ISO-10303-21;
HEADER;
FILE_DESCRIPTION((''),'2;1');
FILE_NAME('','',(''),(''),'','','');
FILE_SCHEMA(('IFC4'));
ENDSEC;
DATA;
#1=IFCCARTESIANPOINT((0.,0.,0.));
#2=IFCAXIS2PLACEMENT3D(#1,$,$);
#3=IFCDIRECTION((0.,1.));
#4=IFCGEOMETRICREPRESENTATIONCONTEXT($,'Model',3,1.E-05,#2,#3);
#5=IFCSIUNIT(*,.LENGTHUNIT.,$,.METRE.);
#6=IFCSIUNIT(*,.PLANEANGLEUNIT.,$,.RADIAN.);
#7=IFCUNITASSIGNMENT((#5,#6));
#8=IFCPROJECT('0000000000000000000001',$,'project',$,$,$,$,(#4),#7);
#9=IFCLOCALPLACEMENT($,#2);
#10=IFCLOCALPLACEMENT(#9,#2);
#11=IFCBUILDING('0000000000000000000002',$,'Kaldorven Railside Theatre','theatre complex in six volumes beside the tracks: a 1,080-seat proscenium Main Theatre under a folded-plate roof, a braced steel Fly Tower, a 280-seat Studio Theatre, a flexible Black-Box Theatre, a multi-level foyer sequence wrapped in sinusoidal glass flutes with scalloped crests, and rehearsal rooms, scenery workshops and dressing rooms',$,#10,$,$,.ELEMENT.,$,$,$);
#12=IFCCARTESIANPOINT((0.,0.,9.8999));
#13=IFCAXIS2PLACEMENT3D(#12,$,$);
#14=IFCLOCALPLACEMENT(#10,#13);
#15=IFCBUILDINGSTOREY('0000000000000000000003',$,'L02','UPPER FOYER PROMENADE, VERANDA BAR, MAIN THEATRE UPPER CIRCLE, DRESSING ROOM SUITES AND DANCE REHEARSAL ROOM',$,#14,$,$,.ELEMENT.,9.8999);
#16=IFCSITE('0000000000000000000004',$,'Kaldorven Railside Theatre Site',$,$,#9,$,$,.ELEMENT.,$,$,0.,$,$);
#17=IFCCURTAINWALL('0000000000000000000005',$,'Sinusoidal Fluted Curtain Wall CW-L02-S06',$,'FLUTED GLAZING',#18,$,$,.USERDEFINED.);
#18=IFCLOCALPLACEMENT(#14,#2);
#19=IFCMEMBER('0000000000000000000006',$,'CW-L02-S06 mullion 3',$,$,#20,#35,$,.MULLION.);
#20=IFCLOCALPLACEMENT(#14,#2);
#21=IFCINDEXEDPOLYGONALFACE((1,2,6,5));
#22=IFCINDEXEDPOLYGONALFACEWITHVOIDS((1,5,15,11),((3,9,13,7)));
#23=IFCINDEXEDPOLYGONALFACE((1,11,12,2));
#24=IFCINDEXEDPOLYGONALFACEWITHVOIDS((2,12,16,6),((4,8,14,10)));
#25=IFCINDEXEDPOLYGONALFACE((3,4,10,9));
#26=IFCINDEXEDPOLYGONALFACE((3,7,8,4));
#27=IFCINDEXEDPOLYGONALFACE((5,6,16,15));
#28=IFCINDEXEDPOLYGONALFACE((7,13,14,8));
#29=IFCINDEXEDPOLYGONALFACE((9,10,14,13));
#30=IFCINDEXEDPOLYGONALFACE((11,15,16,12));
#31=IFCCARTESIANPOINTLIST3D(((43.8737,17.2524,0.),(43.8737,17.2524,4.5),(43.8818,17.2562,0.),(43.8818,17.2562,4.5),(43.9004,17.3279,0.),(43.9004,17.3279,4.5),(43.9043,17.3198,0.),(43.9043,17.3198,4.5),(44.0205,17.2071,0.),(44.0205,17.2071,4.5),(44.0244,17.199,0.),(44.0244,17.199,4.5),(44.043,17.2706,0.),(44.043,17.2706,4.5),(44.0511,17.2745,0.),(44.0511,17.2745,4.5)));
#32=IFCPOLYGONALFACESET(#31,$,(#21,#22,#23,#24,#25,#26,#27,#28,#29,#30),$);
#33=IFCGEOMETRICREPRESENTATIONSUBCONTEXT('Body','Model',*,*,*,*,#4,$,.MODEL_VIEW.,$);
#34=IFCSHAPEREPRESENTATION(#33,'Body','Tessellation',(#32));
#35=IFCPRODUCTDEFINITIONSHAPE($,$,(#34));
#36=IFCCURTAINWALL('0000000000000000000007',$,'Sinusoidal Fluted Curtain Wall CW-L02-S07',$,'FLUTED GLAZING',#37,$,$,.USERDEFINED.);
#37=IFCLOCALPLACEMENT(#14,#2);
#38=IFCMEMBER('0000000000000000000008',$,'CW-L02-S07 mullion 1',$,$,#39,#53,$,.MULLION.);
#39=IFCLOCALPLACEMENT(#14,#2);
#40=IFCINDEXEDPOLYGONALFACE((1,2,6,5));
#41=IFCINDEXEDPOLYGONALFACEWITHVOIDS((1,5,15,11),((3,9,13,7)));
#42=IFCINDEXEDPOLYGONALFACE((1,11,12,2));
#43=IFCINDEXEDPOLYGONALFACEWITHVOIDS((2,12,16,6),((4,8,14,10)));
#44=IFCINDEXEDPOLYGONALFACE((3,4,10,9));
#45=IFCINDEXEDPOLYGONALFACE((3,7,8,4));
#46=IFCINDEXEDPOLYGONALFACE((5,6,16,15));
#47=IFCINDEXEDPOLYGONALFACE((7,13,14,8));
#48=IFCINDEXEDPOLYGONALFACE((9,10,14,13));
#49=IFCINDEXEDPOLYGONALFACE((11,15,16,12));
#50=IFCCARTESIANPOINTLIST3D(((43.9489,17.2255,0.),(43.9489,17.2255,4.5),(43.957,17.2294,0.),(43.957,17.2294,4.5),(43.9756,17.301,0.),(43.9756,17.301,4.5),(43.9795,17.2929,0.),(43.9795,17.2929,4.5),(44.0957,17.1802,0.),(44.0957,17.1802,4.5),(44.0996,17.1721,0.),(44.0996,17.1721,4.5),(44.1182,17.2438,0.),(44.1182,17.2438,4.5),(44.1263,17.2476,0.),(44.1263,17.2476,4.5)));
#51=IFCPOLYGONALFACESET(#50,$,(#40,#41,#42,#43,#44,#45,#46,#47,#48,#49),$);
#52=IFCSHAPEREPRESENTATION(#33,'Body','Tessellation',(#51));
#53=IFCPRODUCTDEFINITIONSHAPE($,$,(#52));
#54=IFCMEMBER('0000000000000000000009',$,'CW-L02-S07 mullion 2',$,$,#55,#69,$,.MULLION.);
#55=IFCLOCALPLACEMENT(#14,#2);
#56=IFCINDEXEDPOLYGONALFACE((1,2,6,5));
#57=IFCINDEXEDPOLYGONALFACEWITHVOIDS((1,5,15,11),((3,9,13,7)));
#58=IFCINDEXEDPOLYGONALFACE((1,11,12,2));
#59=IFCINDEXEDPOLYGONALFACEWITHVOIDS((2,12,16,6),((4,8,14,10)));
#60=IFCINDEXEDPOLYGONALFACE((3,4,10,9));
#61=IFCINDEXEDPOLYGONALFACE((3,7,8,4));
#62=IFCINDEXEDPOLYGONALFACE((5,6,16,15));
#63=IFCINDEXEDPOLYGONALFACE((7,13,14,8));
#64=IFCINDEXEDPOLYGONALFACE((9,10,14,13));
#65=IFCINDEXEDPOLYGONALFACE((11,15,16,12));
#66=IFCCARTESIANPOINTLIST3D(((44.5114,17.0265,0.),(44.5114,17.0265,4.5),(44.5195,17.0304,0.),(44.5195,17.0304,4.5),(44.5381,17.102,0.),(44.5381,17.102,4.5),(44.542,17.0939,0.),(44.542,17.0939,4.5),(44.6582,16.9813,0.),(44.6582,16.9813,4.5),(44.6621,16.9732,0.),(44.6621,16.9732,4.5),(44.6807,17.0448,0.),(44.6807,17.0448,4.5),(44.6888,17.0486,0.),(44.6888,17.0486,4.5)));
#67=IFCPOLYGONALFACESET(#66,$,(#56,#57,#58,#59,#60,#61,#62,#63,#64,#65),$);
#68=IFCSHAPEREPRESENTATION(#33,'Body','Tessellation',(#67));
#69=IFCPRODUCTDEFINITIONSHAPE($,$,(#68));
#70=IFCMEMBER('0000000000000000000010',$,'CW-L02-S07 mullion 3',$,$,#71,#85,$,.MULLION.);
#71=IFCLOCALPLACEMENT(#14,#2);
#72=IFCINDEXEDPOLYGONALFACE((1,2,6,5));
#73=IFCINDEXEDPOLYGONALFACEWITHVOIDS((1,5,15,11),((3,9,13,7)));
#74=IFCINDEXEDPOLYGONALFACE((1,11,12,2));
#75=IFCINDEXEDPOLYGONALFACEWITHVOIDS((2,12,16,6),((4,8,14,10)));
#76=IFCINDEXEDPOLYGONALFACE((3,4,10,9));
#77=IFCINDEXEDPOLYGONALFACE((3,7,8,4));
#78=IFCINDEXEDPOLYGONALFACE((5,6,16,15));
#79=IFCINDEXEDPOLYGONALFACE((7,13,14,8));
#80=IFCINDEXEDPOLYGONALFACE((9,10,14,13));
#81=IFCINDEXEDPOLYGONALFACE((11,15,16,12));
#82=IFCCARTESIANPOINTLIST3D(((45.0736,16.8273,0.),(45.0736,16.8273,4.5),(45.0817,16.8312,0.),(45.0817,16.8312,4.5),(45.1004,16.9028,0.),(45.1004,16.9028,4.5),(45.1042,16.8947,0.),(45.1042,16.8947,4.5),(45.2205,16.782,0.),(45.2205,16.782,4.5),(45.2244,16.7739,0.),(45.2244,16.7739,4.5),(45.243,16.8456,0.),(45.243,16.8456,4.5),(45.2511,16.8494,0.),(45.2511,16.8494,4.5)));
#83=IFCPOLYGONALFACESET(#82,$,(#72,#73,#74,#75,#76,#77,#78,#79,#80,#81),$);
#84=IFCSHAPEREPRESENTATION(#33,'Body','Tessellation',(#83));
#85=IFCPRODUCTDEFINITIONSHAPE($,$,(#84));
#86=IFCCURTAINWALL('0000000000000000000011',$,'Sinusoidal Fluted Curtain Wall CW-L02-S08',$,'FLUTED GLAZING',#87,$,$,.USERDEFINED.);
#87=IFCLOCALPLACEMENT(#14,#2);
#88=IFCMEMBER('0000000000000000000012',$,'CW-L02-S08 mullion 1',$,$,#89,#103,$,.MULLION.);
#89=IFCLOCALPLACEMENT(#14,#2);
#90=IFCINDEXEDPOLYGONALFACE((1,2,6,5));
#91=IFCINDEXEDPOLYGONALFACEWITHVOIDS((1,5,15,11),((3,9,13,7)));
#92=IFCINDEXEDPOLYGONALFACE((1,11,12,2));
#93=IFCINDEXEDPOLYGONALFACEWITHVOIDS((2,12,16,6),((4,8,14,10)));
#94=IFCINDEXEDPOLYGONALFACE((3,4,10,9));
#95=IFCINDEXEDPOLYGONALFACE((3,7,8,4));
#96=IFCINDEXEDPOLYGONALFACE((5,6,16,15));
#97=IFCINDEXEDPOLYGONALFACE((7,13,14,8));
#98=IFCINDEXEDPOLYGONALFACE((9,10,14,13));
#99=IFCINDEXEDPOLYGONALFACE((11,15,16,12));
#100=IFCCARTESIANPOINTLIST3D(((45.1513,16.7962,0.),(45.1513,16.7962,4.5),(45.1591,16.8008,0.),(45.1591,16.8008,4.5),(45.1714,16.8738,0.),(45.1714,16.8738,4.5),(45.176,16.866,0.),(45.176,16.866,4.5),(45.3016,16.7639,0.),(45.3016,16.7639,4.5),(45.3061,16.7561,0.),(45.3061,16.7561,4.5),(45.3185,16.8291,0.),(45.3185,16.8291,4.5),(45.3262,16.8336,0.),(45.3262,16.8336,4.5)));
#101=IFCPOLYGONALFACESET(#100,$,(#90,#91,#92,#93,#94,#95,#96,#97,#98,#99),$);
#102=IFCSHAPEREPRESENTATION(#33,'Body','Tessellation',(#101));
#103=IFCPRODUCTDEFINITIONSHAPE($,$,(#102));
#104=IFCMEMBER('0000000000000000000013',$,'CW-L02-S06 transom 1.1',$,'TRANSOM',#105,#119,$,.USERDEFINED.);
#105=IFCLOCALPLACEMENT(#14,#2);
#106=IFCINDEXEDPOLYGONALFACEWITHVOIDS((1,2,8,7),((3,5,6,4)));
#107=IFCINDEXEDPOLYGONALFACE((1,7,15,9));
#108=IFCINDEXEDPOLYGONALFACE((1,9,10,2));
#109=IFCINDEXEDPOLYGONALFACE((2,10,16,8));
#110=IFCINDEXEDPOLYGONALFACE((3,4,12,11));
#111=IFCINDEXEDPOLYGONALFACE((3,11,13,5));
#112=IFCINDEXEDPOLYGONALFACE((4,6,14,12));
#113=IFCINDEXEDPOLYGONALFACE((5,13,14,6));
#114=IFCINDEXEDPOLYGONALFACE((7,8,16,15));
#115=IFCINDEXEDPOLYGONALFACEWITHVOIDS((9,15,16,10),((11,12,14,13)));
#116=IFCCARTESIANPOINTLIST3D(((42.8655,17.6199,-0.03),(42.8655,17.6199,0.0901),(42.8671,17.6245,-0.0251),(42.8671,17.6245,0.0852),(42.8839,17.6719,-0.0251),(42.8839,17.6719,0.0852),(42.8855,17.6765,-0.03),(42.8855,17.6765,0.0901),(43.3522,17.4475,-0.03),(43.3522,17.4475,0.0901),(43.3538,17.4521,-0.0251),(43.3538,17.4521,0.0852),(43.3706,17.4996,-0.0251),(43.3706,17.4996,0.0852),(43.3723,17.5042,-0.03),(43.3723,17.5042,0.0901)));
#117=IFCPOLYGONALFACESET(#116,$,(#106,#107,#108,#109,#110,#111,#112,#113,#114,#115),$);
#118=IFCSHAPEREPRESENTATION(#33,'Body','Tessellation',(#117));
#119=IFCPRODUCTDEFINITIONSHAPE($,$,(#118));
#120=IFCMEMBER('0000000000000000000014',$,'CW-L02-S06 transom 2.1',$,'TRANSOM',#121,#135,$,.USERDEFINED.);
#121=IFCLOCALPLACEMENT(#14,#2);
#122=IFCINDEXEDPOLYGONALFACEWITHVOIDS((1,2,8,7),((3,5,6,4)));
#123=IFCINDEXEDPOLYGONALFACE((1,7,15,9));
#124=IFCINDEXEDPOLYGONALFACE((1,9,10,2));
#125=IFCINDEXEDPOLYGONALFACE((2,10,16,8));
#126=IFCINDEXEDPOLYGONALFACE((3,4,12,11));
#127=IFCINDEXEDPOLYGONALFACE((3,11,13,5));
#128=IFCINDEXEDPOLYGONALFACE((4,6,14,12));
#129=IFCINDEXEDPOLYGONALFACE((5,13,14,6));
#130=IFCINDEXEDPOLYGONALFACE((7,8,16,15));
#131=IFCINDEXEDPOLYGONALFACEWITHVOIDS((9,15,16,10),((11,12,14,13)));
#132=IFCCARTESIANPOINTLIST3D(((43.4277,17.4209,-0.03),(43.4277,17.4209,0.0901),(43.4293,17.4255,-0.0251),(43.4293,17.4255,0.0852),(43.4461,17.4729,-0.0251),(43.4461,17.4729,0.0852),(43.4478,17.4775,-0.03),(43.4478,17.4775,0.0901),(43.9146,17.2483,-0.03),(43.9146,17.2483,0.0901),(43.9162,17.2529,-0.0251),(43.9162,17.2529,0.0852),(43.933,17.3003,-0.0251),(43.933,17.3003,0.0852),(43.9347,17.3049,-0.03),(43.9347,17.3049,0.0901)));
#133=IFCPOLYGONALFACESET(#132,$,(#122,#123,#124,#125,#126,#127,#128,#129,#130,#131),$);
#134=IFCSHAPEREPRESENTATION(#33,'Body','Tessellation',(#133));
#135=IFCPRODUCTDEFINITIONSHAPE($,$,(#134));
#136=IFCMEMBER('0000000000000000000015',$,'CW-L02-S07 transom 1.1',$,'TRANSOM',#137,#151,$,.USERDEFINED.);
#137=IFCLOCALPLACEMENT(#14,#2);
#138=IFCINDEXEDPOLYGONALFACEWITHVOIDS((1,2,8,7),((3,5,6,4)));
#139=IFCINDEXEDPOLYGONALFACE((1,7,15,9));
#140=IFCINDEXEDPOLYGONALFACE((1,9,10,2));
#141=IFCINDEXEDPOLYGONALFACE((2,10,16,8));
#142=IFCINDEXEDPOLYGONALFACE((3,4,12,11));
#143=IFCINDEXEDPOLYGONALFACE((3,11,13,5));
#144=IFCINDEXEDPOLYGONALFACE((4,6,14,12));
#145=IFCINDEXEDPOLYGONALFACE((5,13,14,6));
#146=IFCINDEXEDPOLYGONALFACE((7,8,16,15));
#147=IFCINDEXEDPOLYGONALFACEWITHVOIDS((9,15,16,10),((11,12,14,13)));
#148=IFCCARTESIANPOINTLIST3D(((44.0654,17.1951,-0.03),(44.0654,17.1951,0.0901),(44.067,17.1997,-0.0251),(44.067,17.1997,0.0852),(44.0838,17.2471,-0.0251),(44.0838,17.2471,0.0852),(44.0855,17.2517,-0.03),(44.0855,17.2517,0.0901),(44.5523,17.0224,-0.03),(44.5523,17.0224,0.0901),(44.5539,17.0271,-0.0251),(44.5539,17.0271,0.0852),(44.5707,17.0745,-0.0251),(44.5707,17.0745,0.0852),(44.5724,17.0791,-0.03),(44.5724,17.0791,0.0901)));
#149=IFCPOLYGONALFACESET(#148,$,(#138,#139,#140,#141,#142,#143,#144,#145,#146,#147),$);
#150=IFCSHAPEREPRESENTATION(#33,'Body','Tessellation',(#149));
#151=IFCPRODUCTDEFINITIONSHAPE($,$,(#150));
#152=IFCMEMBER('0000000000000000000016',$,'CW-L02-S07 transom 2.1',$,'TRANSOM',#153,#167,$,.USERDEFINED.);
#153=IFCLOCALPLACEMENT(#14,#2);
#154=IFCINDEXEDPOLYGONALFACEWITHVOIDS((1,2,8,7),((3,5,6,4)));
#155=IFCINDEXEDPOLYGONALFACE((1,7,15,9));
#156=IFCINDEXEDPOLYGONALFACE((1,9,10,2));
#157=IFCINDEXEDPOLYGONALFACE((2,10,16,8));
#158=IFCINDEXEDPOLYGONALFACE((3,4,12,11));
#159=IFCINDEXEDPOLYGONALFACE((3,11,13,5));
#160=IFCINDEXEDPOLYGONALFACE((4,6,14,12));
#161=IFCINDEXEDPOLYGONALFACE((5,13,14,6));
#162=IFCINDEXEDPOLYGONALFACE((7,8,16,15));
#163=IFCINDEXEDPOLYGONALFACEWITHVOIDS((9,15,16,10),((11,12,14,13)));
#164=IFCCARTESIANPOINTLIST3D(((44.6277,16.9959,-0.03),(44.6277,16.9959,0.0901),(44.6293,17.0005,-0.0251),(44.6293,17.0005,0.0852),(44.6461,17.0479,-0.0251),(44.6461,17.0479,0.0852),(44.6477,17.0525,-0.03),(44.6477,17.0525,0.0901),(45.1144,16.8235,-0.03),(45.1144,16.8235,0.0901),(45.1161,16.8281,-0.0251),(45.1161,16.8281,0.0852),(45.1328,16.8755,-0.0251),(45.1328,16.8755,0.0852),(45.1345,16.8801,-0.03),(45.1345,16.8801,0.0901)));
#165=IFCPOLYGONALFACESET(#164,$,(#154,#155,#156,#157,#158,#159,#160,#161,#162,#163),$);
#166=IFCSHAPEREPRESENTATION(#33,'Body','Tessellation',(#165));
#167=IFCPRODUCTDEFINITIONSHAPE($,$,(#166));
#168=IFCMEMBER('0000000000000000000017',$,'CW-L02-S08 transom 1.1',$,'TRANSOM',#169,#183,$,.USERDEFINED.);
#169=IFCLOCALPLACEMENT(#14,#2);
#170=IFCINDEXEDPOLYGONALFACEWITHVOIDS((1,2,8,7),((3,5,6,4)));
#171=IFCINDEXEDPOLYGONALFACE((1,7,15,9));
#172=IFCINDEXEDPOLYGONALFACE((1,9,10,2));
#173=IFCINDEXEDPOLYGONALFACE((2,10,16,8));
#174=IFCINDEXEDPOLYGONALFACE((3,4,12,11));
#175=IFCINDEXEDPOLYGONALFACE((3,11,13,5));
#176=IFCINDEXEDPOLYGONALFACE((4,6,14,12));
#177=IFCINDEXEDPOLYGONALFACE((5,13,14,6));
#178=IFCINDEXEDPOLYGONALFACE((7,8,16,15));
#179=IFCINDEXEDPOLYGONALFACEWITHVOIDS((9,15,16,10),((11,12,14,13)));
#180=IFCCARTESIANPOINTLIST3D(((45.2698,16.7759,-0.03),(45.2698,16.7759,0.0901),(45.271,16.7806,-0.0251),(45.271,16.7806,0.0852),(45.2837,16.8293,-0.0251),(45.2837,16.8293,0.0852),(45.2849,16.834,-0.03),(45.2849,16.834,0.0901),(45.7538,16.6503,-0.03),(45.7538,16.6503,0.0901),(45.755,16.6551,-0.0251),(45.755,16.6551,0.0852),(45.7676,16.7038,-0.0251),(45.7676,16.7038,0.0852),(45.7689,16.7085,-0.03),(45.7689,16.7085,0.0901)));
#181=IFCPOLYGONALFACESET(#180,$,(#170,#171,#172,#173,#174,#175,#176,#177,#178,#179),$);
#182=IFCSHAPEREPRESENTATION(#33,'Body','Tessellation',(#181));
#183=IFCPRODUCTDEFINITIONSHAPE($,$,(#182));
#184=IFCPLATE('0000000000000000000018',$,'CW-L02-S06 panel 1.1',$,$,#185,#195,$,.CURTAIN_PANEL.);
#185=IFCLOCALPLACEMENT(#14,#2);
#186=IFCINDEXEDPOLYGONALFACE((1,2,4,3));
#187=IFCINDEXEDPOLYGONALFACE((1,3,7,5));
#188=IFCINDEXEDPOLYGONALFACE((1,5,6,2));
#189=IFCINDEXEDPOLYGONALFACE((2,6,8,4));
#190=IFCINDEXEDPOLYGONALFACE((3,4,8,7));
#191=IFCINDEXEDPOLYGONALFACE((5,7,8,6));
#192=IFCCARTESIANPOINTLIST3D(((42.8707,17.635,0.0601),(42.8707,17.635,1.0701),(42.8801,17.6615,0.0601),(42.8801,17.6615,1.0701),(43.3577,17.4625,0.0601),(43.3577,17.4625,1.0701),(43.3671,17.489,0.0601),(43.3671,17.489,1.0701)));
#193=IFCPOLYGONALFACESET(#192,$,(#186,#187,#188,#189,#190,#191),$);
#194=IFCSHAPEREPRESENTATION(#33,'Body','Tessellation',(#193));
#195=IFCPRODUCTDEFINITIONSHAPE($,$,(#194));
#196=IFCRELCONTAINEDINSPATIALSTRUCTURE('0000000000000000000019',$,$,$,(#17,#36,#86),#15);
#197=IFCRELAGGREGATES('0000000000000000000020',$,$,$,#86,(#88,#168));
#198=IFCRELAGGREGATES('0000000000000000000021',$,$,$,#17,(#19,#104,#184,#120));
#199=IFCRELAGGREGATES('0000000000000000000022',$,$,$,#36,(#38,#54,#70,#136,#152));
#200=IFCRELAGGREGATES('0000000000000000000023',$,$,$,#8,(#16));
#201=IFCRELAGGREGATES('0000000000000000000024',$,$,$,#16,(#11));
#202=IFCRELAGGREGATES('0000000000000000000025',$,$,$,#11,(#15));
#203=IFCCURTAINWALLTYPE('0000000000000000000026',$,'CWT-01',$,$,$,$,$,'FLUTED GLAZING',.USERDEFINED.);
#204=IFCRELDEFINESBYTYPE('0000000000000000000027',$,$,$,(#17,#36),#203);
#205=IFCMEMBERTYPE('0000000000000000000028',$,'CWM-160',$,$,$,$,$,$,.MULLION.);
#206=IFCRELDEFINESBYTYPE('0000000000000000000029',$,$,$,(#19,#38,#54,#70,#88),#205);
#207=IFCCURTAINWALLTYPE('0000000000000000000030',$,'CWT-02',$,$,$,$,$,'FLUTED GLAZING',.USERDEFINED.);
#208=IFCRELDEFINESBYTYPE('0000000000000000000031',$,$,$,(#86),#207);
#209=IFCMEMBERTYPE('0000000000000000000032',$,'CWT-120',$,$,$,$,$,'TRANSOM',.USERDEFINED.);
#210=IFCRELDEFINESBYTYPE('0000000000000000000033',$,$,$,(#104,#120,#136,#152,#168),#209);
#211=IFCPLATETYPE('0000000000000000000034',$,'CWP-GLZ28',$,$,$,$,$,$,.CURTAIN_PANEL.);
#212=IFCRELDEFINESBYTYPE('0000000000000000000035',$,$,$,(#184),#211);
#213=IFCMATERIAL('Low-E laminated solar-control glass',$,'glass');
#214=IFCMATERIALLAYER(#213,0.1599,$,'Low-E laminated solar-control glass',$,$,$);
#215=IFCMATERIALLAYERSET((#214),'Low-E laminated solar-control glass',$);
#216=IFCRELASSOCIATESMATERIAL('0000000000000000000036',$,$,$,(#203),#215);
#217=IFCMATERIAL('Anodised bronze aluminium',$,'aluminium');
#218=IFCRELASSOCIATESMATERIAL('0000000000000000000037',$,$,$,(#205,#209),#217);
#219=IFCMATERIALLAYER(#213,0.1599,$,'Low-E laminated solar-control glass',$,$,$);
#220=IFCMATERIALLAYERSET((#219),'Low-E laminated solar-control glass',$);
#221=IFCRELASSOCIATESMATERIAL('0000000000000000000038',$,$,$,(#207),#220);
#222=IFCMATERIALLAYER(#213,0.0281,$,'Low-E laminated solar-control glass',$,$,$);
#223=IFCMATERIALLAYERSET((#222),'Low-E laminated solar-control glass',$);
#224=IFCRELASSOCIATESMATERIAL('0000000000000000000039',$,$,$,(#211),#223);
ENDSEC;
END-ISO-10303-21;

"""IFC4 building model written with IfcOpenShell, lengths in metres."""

from ifc_helpers import new_model, si_unit, direction, frame, origin, origin_2d, place, context, subcontext, project, spatial, rectangle, hollow_rectangle, extrude, material, layer, layer_set, material_profile, profile_set, type_object, element, aggregate, save


model = new_model("IFC4")

# Units and contexts
model_context = context("Model", 3, precision=1e-05, world=origin(), true_north=direction((0.0, 1.0)))
body_context = subcontext(model_context, "Body", "Model", "MODEL_VIEW")
ifc_project = project(units=[si_unit("LENGTHUNIT", "METRE"), si_unit("PLANEANGLEUNIT", "RADIAN")], contexts=[model_context])

# Site, building, storey
site_placement = place(None, origin())
site = spatial("IfcSite", under=ifc_project, at=site_placement, Name="Kaldorven Railside Theatre Site", CompositionType="ELEMENT", RefElevation=0.0)
building_placement = place(site_placement, origin())
building = spatial("IfcBuilding", under=site, at=building_placement, Name="Kaldorven Railside Theatre", Description="theatre complex in six volumes beside the tracks: a 1,080-seat proscenium Main Theatre under a folded-plate roof, a braced steel Fly Tower, a 280-seat Studio Theatre, a flexible Black-Box Theatre, a multi-level foyer sequence wrapped in sinusoidal glass flutes with scalloped crests, and rehearsal rooms, scenery workshops and dressing rooms", CompositionType="ELEMENT")
storey_placement = place(building_placement, frame((0.0, 0.0, 9.8999)))
storey = spatial("IfcBuildingStorey", under=building, at=storey_placement, Name="L02", Description="UPPER FOYER PROMENADE, VERANDA BAR, MAIN THEATRE UPPER CIRCLE, DRESSING ROOM SUITES AND DANCE REHEARSAL ROOM", CompositionType="ELEMENT", Elevation=9.8999)

# Curtain walls, members
ifc_material_1 = material(Name="Low-E laminated solar-control glass", Category="glass")
ifc_layer_1 = layer(ifc_material_1, 0.1599, Name="Low-E laminated solar-control glass")
ifc_layer_set_1 = layer_set([ifc_layer_1], Name="Low-E laminated solar-control glass")
curtain_wall_type_1 = type_object("IfcCurtainWallType", Name="CWT-01", ElementType="FLUTED GLAZING", PredefinedType="USERDEFINED", material=ifc_layer_set_1)
curtain_wall_1_placement = place(storey_placement, origin())
curtain_wall_1 = element("IfcCurtainWall", 1, at=curtain_wall_1_placement, inside=storey, type_object=curtain_wall_type_1, Name="Sinusoidal Fluted Curtain Wall CW-L02-S06", ObjectType="FLUTED GLAZING", PredefinedType="USERDEFINED")
ifc_material_2 = material(Name="Anodised bronze aluminium", Category="aluminium")
ifc_material_profile_1 = material_profile(ifc_material_2, hollow_rectangle(XDim=0.0801, YDim=0.1599, WallThickness=0.0063, at=origin_2d()), Name="RHS 160x80x6.3")
ifc_profile_set_1 = profile_set([ifc_material_profile_1], Name="Anodised bronze aluminium")
member_type_1 = type_object("IfcMemberType", Name="CWM-160", PredefinedType="MULLION", material=ifc_profile_set_1)
member_1_placement = place(storey_placement, frame((43.9624, 17.2634, 0.0), z_axis=(0.0, 0.0, 1.0), x_axis=(0.333847, 0.942627, 0.0)))
member_1 = element("IfcMember", 2, at=member_1_placement, type_object=member_type_1, Name="CW-L02-S06 mullion 3", PredefinedType="MULLION", context=body_context, shape_type="SweptSolid", body=[
    extrude(hollow_rectangle(XDim=0.0801, YDim=0.1599, WallThickness=0.0063, at=origin_2d()), origin(), (0.0, 0.0, 1.0), 4.5),
])
curtain_wall_2_placement = place(storey_placement, origin())
curtain_wall_2 = element("IfcCurtainWall", 3, at=curtain_wall_2_placement, inside=storey, type_object=curtain_wall_type_1, Name="Sinusoidal Fluted Curtain Wall CW-L02-S07", ObjectType="FLUTED GLAZING", PredefinedType="USERDEFINED")
member_2_placement = place(storey_placement, frame((44.0376, 17.2366, 0.0), z_axis=(0.0, 0.0, 1.0), x_axis=(0.333847, 0.942627, 0.0)))
member_2 = element("IfcMember", 4, at=member_2_placement, type_object=member_type_1, Name="CW-L02-S07 mullion 1", PredefinedType="MULLION", context=body_context, shape_type="SweptSolid", body=[
    extrude(hollow_rectangle(XDim=0.0801, YDim=0.1599, WallThickness=0.0063, at=origin_2d()), origin(), (0.0, 0.0, 1.0), 4.5),
])
member_3_placement = place(storey_placement, frame((44.6001, 17.0376, 0.0), z_axis=(0.0, 0.0, 1.0), x_axis=(0.333847, 0.942627, 0.0)))
member_3 = element("IfcMember", 5, at=member_3_placement, type_object=member_type_1, Name="CW-L02-S07 mullion 2", PredefinedType="MULLION", context=body_context, shape_type="SweptSolid", body=[
    extrude(hollow_rectangle(XDim=0.0801, YDim=0.1599, WallThickness=0.0063, at=origin_2d()), origin(), (0.0, 0.0, 1.0), 4.5),
])
member_4_placement = place(storey_placement, frame((45.1624, 16.8384, 0.0), z_axis=(0.0, 0.0, 1.0), x_axis=(0.333847, 0.942627, 0.0)))
member_4 = element("IfcMember", 6, at=member_4_placement, type_object=member_type_1, Name="CW-L02-S07 mullion 3", PredefinedType="MULLION", context=body_context, shape_type="SweptSolid", body=[
    extrude(hollow_rectangle(XDim=0.0801, YDim=0.1599, WallThickness=0.0063, at=origin_2d()), origin(), (0.0, 0.0, 1.0), 4.5),
])

# Curtain wall, member
ifc_layer_2 = layer(ifc_material_1, 0.1599, Name="Low-E laminated solar-control glass")
ifc_layer_set_2 = layer_set([ifc_layer_2], Name="Low-E laminated solar-control glass")
curtain_wall_type_2 = type_object("IfcCurtainWallType", Name="CWT-02", ElementType="FLUTED GLAZING", PredefinedType="USERDEFINED", material=ifc_layer_set_2)
curtain_wall_3_placement = place(storey_placement, origin())
curtain_wall_3 = element("IfcCurtainWall", 7, at=curtain_wall_3_placement, inside=storey, type_object=curtain_wall_type_2, Name="Sinusoidal Fluted Curtain Wall CW-L02-S08", ObjectType="FLUTED GLAZING", PredefinedType="USERDEFINED")
member_5_placement = place(storey_placement, frame((45.2388, 16.8149, 0.0), z_axis=(0.0, 0.0, 1.0), x_axis=(0.250954, 0.967999, 0.0)))
member_5 = element("IfcMember", 8, at=member_5_placement, type_object=member_type_1, Name="CW-L02-S08 mullion 1", PredefinedType="MULLION", context=body_context, shape_type="SweptSolid", body=[
    extrude(hollow_rectangle(XDim=0.0801, YDim=0.1599, WallThickness=0.0063, at=origin_2d()), origin(), (0.0, 0.0, 1.0), 4.5),
])

# Members
ifc_material_profile_2 = material_profile(ifc_material_2, hollow_rectangle(XDim=0.0601, YDim=0.1201, WallThickness=0.0049, at=origin_2d()), Name="RHS 120x60x5")
ifc_profile_set_2 = profile_set([ifc_material_profile_2], Name="Anodised bronze aluminium")
member_type_2 = type_object("IfcMemberType", Name="CWT-120", ElementType="TRANSOM", PredefinedType="USERDEFINED", material=ifc_profile_set_2)
member_6_placement = place(storey_placement, frame((42.8755, 17.6482, 0.03), z_axis=(0.942658, -0.33376, 0.0), x_axis=(0.33376, 0.942658, 0.0)))
member_6 = element("IfcMember", 9, at=member_6_placement, type_object=member_type_2, Name="CW-L02-S06 transom 1.1", ObjectType="TRANSOM", PredefinedType="USERDEFINED", context=body_context, shape_type="SweptSolid", body=[
    extrude(hollow_rectangle(XDim=0.0601, YDim=0.1201, WallThickness=0.0049, at=origin_2d()), origin(), (0.0, 0.0, 1.0), 0.5164),
])
member_7_placement = place(storey_placement, frame((43.4377, 17.4492, 0.03), z_axis=(0.942509, -0.33418, 0.0), x_axis=(0.33418, 0.942509, 0.0)))
member_7 = element("IfcMember", 10, at=member_7_placement, type_object=member_type_2, Name="CW-L02-S06 transom 2.1", ObjectType="TRANSOM", PredefinedType="USERDEFINED", context=body_context, shape_type="SweptSolid", body=[
    extrude(hollow_rectangle(XDim=0.0601, YDim=0.1201, WallThickness=0.0049, at=origin_2d()), origin(), (0.0, 0.0, 1.0), 0.5166),
])
member_8_placement = place(storey_placement, frame((44.0754, 17.2234, 0.03), z_axis=(0.942509, -0.33418, 0.0), x_axis=(0.33418, 0.942509, 0.0)))
member_8 = element("IfcMember", 11, at=member_8_placement, type_object=member_type_2, Name="CW-L02-S07 transom 1.1", ObjectType="TRANSOM", PredefinedType="USERDEFINED", context=body_context, shape_type="SweptSolid", body=[
    extrude(hollow_rectangle(XDim=0.0601, YDim=0.1201, WallThickness=0.0049, at=origin_2d()), origin(), (0.0, 0.0, 1.0), 0.5166),
])
member_9_placement = place(storey_placement, frame((44.6377, 17.0242, 0.03), z_axis=(0.942658, -0.33376, 0.0), x_axis=(0.33376, 0.942658, 0.0)))
member_9 = element("IfcMember", 12, at=member_9_placement, type_object=member_type_2, Name="CW-L02-S07 transom 2.1", ObjectType="TRANSOM", PredefinedType="USERDEFINED", context=body_context, shape_type="SweptSolid", body=[
    extrude(hollow_rectangle(XDim=0.0601, YDim=0.1201, WallThickness=0.0049, at=origin_2d()), origin(), (0.0, 0.0, 1.0), 0.5164),
])
member_10_placement = place(storey_placement, frame((45.2773, 16.8049, 0.03), z_axis=(0.967979, -0.25103, 0.0), x_axis=(0.25103, 0.967979, 0.0)))
member_10 = element("IfcMember", 13, at=member_10_placement, type_object=member_type_2, Name="CW-L02-S08 transom 1.1", ObjectType="TRANSOM", PredefinedType="USERDEFINED", context=body_context, shape_type="SweptSolid", body=[
    extrude(hollow_rectangle(XDim=0.0601, YDim=0.1201, WallThickness=0.0049, at=origin_2d()), origin(), (0.0, 0.0, 1.0), 0.5),
])
aggregate(curtain_wall_3, [member_5, member_10])

# Plate
ifc_layer_3 = layer(ifc_material_1, 0.0281, Name="Low-E laminated solar-control glass")
ifc_layer_set_3 = layer_set([ifc_layer_3], Name="Low-E laminated solar-control glass")
plate_type = type_object("IfcPlateType", Name="CWP-GLZ28", PredefinedType="CURTAIN_PANEL", material=ifc_layer_set_3)
plate_1_placement = place(storey_placement, frame((43.1189, 17.562, 0.0601), z_axis=(0.0, 0.0, 1.0), x_axis=(0.942627, -0.333847, 0.0)))
plate_1 = element("IfcPlate", 14, at=plate_1_placement, type_object=plate_type, Name="CW-L02-S06 panel 1.1", PredefinedType="CURTAIN_PANEL", context=body_context, shape_type="SweptSolid", body=[
    extrude(rectangle(XDim=0.5166, YDim=0.0281, at=origin_2d()), origin(), (0.0, 0.0, 1.0), 1.01),
])
aggregate(curtain_wall_1, [member_1, member_6, plate_1, member_7])
aggregate(curtain_wall_2, [member_2, member_3, member_4, member_8, member_9])

save(model, "model.ifc")
